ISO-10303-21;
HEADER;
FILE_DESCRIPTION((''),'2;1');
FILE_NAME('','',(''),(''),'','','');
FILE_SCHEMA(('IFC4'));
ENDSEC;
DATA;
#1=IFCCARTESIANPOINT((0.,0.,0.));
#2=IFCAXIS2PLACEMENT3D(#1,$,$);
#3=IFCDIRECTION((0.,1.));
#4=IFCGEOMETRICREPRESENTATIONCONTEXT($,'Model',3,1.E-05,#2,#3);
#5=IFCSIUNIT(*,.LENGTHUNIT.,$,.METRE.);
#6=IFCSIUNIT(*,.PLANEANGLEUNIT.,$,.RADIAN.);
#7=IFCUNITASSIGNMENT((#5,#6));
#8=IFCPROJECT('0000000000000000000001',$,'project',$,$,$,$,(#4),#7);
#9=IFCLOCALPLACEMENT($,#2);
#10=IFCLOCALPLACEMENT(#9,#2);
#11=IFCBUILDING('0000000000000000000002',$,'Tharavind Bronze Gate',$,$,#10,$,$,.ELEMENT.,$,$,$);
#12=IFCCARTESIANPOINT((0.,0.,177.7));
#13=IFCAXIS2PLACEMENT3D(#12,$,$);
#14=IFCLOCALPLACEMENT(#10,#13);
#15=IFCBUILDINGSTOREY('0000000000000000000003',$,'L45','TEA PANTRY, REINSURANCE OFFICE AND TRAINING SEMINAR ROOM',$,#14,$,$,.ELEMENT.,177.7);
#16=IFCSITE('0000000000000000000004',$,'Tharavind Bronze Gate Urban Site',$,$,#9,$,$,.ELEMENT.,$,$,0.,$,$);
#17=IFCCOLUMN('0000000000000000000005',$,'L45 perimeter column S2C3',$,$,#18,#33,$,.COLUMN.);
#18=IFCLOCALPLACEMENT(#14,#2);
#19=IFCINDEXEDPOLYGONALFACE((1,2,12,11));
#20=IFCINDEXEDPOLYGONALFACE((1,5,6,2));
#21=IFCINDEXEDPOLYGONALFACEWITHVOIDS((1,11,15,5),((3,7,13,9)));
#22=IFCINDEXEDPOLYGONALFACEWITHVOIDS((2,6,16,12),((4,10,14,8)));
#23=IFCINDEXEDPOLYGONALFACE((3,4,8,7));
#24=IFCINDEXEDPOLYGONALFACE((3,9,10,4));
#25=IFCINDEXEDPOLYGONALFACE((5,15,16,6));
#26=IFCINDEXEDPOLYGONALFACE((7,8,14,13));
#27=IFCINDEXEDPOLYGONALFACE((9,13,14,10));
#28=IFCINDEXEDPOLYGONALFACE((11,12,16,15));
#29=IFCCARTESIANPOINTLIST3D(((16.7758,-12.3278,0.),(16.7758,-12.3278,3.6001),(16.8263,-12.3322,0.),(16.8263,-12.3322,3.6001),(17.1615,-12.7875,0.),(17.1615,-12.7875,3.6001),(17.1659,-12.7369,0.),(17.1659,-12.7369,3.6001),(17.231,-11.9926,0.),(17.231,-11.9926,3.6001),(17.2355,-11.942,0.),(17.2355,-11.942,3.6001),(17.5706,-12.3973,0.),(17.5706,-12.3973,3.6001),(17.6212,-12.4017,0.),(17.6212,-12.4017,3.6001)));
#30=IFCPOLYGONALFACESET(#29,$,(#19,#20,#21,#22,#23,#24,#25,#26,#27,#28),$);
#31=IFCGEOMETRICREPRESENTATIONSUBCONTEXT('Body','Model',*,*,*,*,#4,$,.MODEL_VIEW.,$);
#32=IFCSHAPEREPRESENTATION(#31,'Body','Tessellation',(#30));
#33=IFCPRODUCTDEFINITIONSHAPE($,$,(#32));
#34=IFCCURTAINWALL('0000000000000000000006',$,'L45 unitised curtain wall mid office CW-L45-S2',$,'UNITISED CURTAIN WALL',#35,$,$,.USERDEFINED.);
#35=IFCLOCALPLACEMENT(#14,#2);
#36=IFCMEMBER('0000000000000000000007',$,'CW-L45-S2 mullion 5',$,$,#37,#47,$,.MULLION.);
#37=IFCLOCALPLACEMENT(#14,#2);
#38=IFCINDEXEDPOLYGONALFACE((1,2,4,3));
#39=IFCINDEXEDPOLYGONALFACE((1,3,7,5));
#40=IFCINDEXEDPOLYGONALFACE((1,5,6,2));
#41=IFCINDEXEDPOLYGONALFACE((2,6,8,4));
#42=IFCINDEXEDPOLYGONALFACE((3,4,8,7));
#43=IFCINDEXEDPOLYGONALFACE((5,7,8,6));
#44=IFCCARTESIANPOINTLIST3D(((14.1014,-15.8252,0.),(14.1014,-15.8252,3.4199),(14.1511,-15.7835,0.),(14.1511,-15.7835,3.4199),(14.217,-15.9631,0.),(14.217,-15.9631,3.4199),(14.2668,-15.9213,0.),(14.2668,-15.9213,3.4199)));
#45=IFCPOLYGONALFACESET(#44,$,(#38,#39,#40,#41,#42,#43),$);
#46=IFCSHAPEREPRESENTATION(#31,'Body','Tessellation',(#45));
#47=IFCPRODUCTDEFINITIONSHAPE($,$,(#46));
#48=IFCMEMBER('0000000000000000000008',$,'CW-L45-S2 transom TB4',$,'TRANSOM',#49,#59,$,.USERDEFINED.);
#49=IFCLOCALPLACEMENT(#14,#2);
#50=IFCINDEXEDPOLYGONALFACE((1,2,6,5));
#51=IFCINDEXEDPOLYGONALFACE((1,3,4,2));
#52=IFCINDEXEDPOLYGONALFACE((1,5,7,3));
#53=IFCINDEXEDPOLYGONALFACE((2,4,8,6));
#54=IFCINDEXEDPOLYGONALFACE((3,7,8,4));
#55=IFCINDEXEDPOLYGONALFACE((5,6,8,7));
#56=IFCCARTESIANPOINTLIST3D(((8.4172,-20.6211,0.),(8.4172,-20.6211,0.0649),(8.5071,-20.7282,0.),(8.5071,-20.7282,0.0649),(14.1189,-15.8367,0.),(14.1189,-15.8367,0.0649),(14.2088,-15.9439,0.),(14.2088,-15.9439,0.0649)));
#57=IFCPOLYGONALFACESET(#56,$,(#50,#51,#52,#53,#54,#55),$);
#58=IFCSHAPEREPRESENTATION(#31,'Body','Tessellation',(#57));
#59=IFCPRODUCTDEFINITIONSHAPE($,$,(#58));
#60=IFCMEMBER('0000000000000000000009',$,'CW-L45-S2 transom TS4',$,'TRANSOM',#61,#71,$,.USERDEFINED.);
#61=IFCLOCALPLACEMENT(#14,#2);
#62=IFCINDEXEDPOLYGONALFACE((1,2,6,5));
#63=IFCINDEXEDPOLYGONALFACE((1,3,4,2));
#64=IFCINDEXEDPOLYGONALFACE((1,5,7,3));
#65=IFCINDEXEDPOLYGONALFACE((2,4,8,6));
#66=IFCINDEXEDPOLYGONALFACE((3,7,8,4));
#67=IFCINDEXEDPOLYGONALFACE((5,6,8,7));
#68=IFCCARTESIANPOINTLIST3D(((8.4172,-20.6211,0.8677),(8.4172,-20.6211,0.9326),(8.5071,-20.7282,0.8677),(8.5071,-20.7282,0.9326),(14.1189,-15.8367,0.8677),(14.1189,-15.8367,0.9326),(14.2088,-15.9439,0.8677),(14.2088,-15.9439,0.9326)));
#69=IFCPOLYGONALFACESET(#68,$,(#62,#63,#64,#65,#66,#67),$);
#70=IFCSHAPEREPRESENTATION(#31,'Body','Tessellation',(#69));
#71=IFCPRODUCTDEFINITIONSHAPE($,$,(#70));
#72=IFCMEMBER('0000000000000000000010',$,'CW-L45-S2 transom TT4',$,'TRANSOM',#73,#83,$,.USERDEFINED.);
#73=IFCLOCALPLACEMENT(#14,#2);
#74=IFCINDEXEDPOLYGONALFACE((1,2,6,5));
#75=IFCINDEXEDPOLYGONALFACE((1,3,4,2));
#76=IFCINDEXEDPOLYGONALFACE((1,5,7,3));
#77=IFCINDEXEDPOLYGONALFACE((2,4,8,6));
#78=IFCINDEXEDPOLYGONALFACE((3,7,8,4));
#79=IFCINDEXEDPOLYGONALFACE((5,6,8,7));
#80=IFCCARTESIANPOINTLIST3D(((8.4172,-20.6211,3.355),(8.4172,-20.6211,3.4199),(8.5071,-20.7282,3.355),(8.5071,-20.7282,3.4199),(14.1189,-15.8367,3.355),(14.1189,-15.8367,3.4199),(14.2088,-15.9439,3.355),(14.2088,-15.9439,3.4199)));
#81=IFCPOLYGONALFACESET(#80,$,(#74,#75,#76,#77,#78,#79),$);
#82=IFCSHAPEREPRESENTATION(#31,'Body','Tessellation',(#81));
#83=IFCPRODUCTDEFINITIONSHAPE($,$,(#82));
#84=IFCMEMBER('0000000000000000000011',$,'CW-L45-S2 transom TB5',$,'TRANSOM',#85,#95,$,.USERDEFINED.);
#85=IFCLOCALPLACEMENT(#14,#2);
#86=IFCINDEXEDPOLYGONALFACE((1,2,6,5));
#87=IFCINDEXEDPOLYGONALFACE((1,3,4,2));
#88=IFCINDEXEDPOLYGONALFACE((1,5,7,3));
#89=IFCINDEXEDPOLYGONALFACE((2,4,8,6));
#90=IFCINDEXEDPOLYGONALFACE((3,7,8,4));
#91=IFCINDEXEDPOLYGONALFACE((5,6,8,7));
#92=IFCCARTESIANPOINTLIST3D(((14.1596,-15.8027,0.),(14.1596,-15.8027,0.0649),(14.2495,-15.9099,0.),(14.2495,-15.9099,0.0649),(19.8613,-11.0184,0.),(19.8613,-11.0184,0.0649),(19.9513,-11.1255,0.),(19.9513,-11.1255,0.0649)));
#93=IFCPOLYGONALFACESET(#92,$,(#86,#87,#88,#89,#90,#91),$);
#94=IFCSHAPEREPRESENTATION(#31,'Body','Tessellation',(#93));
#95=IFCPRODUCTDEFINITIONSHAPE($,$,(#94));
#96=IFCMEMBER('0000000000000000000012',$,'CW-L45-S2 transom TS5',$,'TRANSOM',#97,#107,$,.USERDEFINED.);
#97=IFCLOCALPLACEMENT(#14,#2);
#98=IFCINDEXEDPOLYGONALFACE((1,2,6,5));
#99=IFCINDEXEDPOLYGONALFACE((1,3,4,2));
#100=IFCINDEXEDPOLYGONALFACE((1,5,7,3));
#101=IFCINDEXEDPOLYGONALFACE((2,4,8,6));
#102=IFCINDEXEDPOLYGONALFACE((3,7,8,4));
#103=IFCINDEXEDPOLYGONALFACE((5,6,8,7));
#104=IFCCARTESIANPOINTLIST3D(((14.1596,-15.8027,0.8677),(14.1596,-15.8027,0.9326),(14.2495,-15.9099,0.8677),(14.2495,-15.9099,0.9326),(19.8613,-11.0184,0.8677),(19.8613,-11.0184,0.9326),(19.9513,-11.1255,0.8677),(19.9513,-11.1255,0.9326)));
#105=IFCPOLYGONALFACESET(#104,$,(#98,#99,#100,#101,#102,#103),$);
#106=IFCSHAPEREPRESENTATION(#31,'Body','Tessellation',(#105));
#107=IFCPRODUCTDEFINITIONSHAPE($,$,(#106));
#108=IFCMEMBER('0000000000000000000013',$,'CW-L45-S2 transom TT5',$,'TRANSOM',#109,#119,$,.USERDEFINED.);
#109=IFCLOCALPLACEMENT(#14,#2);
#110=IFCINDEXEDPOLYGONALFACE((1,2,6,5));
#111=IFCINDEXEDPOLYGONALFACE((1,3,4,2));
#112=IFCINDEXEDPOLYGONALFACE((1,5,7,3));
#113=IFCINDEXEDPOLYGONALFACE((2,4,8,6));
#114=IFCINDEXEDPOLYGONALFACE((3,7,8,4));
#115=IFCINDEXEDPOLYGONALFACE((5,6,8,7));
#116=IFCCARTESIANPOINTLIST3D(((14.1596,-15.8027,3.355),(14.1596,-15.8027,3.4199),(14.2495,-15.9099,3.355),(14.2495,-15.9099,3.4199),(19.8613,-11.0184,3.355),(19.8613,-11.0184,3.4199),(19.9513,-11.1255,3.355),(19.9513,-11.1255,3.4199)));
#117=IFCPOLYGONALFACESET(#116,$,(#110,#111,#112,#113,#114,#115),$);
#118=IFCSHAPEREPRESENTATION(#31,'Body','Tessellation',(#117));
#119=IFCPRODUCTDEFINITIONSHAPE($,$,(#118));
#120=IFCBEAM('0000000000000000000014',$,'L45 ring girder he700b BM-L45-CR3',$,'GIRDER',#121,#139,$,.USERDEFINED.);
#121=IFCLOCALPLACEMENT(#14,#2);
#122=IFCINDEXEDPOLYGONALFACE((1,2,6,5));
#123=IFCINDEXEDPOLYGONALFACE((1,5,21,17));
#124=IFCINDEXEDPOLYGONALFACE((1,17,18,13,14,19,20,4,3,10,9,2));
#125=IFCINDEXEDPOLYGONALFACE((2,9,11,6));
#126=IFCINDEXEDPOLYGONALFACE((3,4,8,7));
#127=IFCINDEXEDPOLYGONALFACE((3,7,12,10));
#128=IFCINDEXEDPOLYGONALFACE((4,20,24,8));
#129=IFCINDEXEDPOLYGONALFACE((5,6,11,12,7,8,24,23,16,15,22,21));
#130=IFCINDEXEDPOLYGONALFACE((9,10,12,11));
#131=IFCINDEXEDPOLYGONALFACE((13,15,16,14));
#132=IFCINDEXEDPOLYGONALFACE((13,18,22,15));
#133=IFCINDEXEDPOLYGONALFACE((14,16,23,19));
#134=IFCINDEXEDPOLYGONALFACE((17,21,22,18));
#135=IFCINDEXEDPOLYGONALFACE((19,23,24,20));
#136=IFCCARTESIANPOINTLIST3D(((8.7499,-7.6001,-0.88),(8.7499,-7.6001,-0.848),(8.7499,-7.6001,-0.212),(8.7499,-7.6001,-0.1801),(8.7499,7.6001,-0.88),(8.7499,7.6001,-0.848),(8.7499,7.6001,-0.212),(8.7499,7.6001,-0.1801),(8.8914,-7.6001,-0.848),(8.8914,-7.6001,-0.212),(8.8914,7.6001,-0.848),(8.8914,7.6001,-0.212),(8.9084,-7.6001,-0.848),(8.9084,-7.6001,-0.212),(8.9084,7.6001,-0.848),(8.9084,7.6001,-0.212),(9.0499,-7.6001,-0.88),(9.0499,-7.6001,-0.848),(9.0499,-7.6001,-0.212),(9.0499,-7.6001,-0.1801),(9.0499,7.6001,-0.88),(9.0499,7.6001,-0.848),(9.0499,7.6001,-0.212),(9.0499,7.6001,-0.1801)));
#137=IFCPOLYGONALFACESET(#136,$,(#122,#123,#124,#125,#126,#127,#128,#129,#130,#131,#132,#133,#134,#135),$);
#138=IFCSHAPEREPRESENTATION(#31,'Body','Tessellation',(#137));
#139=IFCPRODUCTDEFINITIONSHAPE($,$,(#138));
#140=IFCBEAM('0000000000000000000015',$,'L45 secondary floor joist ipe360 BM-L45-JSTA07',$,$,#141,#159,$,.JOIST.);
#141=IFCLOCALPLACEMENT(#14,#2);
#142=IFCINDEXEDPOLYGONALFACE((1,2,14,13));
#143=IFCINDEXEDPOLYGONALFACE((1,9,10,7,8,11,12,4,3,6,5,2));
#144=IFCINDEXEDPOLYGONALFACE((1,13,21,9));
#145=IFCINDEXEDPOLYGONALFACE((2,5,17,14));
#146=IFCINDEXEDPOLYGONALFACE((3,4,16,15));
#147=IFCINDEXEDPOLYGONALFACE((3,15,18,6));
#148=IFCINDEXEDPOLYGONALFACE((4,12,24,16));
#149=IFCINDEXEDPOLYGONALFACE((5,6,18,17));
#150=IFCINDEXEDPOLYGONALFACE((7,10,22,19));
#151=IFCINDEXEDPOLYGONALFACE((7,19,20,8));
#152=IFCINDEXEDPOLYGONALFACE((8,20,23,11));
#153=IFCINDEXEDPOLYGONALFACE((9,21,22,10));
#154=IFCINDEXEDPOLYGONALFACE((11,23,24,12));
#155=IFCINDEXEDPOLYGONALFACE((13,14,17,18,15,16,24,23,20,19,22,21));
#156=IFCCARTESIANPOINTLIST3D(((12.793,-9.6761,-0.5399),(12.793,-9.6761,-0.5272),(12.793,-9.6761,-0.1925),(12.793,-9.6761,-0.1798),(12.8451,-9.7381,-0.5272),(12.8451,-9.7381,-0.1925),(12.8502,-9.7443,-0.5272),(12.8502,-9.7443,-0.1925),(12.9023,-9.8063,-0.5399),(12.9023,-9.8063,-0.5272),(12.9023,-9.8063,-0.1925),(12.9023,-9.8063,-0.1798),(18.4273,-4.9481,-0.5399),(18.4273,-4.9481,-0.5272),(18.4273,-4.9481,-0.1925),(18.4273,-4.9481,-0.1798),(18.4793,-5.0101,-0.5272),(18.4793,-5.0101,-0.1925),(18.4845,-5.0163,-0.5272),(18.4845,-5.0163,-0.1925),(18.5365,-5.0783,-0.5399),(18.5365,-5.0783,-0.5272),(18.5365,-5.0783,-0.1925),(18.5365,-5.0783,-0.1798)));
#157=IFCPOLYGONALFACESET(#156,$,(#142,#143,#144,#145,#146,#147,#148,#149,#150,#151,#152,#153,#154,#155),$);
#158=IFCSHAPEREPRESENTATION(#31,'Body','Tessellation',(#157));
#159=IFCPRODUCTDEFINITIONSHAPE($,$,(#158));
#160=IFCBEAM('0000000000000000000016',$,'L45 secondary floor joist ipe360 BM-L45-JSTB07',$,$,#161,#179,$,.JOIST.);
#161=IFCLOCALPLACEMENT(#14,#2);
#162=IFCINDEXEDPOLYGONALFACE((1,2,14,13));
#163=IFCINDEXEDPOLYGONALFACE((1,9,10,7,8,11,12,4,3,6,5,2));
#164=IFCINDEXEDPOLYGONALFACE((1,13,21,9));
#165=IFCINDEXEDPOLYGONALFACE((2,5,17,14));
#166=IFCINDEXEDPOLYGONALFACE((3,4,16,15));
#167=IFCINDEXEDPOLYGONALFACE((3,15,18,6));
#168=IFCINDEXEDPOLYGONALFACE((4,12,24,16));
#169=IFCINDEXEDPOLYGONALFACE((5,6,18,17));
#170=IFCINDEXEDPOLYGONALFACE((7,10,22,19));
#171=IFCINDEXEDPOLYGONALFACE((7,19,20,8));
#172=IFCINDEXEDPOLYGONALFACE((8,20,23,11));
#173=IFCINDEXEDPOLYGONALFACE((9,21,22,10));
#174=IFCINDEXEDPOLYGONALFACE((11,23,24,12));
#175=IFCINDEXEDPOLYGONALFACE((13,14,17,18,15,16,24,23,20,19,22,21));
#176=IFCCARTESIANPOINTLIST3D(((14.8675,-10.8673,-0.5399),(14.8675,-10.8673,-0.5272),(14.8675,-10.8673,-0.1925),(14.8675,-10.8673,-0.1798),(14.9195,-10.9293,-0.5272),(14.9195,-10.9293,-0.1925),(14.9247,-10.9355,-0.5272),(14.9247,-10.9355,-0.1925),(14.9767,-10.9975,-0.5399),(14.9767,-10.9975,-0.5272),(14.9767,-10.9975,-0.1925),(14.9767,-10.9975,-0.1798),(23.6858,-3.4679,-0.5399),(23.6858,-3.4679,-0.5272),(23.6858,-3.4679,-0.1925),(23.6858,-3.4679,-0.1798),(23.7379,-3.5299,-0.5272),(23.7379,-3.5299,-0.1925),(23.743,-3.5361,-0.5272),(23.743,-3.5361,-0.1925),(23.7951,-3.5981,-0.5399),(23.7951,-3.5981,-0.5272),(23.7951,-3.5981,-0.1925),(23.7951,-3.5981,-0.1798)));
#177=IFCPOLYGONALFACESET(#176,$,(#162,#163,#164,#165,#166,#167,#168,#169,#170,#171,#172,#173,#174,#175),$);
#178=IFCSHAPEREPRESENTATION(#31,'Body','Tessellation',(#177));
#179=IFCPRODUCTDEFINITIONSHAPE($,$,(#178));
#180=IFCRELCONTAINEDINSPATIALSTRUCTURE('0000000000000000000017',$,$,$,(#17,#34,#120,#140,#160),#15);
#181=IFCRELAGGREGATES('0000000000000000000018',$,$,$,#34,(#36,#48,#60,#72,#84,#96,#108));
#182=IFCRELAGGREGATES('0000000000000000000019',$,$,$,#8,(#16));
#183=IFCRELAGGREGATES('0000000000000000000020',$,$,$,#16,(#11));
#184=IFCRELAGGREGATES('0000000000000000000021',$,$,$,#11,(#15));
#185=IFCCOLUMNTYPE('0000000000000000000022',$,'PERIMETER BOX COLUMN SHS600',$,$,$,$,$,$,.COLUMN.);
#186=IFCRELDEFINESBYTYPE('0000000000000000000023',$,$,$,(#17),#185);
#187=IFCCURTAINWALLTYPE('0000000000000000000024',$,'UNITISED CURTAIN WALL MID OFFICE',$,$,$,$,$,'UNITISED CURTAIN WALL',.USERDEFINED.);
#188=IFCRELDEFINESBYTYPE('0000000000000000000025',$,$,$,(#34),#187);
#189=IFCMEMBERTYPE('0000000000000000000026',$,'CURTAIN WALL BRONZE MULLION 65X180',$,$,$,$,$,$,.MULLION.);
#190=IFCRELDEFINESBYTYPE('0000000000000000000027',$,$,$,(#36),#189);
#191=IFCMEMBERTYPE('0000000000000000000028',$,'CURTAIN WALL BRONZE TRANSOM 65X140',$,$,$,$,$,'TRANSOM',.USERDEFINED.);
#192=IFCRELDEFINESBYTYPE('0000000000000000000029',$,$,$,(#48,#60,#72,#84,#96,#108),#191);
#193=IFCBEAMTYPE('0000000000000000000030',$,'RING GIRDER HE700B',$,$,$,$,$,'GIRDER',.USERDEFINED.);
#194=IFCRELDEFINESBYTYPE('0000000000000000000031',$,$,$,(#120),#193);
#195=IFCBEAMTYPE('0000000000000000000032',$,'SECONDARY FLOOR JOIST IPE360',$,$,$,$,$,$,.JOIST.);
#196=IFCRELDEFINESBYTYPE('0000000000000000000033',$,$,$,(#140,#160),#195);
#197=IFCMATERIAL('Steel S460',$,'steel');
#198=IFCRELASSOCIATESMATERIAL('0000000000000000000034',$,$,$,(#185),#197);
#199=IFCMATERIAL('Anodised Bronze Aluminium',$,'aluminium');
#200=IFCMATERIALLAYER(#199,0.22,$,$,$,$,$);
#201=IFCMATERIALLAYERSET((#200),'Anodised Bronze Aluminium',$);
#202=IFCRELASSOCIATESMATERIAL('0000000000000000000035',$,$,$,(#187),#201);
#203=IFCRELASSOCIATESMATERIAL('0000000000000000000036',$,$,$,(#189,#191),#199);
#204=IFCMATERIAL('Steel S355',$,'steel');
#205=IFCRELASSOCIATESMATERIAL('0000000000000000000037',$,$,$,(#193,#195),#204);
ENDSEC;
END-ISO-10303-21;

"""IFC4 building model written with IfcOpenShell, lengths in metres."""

from ifc_helpers import new_model, si_unit, direction, frame, origin, origin_2d, place, context, subcontext, project, spatial, rectangle, hollow_rectangle, i_section, extrude, material, layer, layer_set, material_profile, profile_set, type_object, element, aggregate, save


model = new_model("IFC4")

# Units and contexts
model_context = context("Model", 3, precision=1e-05, world=origin(), true_north=direction((0.0, 1.0)))
body_context = subcontext(model_context, "Body", "Model", "MODEL_VIEW")
ifc_project = project(units=[si_unit("LENGTHUNIT", "METRE"), si_unit("PLANEANGLEUNIT", "RADIAN")], contexts=[model_context])

# Site, building, storey
site_placement = place(None, origin())
site = spatial("IfcSite", under=ifc_project, at=site_placement, Name="Tharavind Bronze Gate Urban Site", CompositionType="ELEMENT", RefElevation=0.0)
building_placement = place(site_placement, origin())
building = spatial("IfcBuilding", under=site, at=building_placement, Name="Tharavind Bronze Gate", CompositionType="ELEMENT")
storey_placement = place(building_placement, frame((0.0, 0.0, 177.7)))
storey = spatial("IfcBuildingStorey", under=building, at=storey_placement, Name="L45", Description="TEA PANTRY, REINSURANCE OFFICE AND TRAINING SEMINAR ROOM", CompositionType="ELEMENT", Elevation=177.7)

# Column
ifc_material_1 = material(Name="Steel S460", Category="steel")
ifc_material_profile_1 = material_profile(ifc_material_1, hollow_rectangle(XDim=0.6001, YDim=0.6001, WallThickness=0.0359, at=origin_2d()), Name="SHS600X36")
ifc_profile_set_1 = profile_set([ifc_material_profile_1], Name="Steel S460")
column_type = type_object("IfcColumnType", Name="PERIMETER BOX COLUMN SHS600", PredefinedType="COLUMN", material=ifc_profile_set_1)
column_placement = place(storey_placement, frame((17.1985, -12.3647, 0.0), z_axis=(0.0, 0.0, 1.0), x_axis=(0.766043, 0.642789, 0.0)))
element("IfcColumn", 1, at=column_placement, inside=storey, type_object=column_type, Name="L45 perimeter column S2C3", PredefinedType="COLUMN", context=body_context, shape_type="SweptSolid", body=[
    extrude(hollow_rectangle(XDim=0.6001, YDim=0.6001, WallThickness=0.0359, at=origin_2d()), origin(), (0.0, 0.0, 1.0), 3.6001),
])

# Curtain wall, members
ifc_material_2 = material(Name="Anodised Bronze Aluminium", Category="aluminium")
ifc_layer_1 = layer(ifc_material_2, 0.22)
ifc_layer_set_1 = layer_set([ifc_layer_1], Name="Anodised Bronze Aluminium")
curtain_wall_type = type_object("IfcCurtainWallType", Name="UNITISED CURTAIN WALL MID OFFICE", ElementType="UNITISED CURTAIN WALL", PredefinedType="USERDEFINED", material=ifc_layer_set_1)
curtain_wall_placement = place(storey_placement, origin())
curtain_wall = element("IfcCurtainWall", 2, at=curtain_wall_placement, inside=storey, type_object=curtain_wall_type, Name="L45 unitised curtain wall mid office CW-L45-S2", ObjectType="UNITISED CURTAIN WALL", PredefinedType="USERDEFINED")
member_type_1 = type_object("IfcMemberType", Name="CURTAIN WALL BRONZE MULLION 65X180", PredefinedType="MULLION", material=ifc_material_2)
member_1_placement = place(storey_placement, frame((14.1841, -15.8733, 0.0), z_axis=(0.0, 0.0, 1.0), x_axis=(0.766043, 0.642789, 0.0)))
member_1 = element("IfcMember", 3, at=member_1_placement, type_object=member_type_1, Name="CW-L45-S2 mullion 5", PredefinedType="MULLION", context=body_context, shape_type="SweptSolid", body=[
    extrude(rectangle(XDim=0.0649, YDim=0.1799, at=origin_2d()), origin(), (0.0, 0.0, 1.0), 3.4199),
])
member_type_2 = type_object("IfcMemberType", Name="CURTAIN WALL BRONZE TRANSOM 65X140", ElementType="TRANSOM", PredefinedType="USERDEFINED", material=ifc_material_2)
member_2_placement = place(storey_placement, frame((11.313, -18.2825, 0.0), z_axis=(0.0, 0.0, 1.0), x_axis=(0.766043, 0.642789, 0.0)))
member_2 = element("IfcMember", 4, at=member_2_placement, type_object=member_type_2, Name="CW-L45-S2 transom TB4", ObjectType="TRANSOM", PredefinedType="USERDEFINED", context=body_context, shape_type="SweptSolid", body=[
    extrude(rectangle(XDim=7.4431, YDim=0.1399, at=origin_2d()), origin(), (0.0, 0.0, 1.0), 0.0649),
])
member_3_placement = place(storey_placement, frame((11.313, -18.2825, 0.8677), z_axis=(0.0, 0.0, 1.0), x_axis=(0.766043, 0.642789, 0.0)))
member_3 = element("IfcMember", 5, at=member_3_placement, type_object=member_type_2, Name="CW-L45-S2 transom TS4", ObjectType="TRANSOM", PredefinedType="USERDEFINED", context=body_context, shape_type="SweptSolid", body=[
    extrude(rectangle(XDim=7.4431, YDim=0.1399, at=origin_2d()), origin(), (0.0, 0.0, 1.0), 0.0649),
])
member_4_placement = place(storey_placement, frame((11.313, -18.2825, 3.355), z_axis=(0.0, 0.0, 1.0), x_axis=(0.766043, 0.642789, 0.0)))
member_4 = element("IfcMember", 6, at=member_4_placement, type_object=member_type_2, Name="CW-L45-S2 transom TT4", ObjectType="TRANSOM", PredefinedType="USERDEFINED", context=body_context, shape_type="SweptSolid", body=[
    extrude(rectangle(XDim=7.4431, YDim=0.1399, at=origin_2d()), origin(), (0.0, 0.0, 1.0), 0.0649),
])
member_5_placement = place(storey_placement, frame((17.0554, -13.4641, 0.0), z_axis=(0.0, 0.0, 1.0), x_axis=(0.766043, 0.642789, 0.0)))
member_5 = element("IfcMember", 7, at=member_5_placement, type_object=member_type_2, Name="CW-L45-S2 transom TB5", ObjectType="TRANSOM", PredefinedType="USERDEFINED", context=body_context, shape_type="SweptSolid", body=[
    extrude(rectangle(XDim=7.4431, YDim=0.1399, at=origin_2d()), origin(), (0.0, 0.0, 1.0), 0.0649),
])
member_6_placement = place(storey_placement, frame((17.0554, -13.4641, 0.8677), z_axis=(0.0, 0.0, 1.0), x_axis=(0.766043, 0.642789, 0.0)))
member_6 = element("IfcMember", 8, at=member_6_placement, type_object=member_type_2, Name="CW-L45-S2 transom TS5", ObjectType="TRANSOM", PredefinedType="USERDEFINED", context=body_context, shape_type="SweptSolid", body=[
    extrude(rectangle(XDim=7.4431, YDim=0.1399, at=origin_2d()), origin(), (0.0, 0.0, 1.0), 0.0649),
])
member_7_placement = place(storey_placement, frame((17.0554, -13.4641, 3.355), z_axis=(0.0, 0.0, 1.0), x_axis=(0.766043, 0.642789, 0.0)))
member_7 = element("IfcMember", 9, at=member_7_placement, type_object=member_type_2, Name="CW-L45-S2 transom TT5", ObjectType="TRANSOM", PredefinedType="USERDEFINED", context=body_context, shape_type="SweptSolid", body=[
    extrude(rectangle(XDim=7.4431, YDim=0.1399, at=origin_2d()), origin(), (0.0, 0.0, 1.0), 0.0649),
])

# Beams
ifc_material_3 = material(Name="Steel S355", Category="steel")
ifc_material_profile_2 = material_profile(ifc_material_3, i_section(OverallWidth=0.3, OverallDepth=0.7, WebThickness=0.0171, FlangeThickness=0.032, at=origin_2d()), Name="HE700B")
ifc_profile_set_2 = profile_set([ifc_material_profile_2], Name="Steel S355")
beam_type_1 = type_object("IfcBeamType", Name="RING GIRDER HE700B", ElementType="GIRDER", PredefinedType="USERDEFINED", material=ifc_profile_set_2)
beam_1_placement = place(storey_placement, frame((8.8999, -7.6001, -0.53), z_axis=(0.0, 1.0, 0.0), x_axis=(-1.0, 0.0, 0.0)))
element("IfcBeam", 10, at=beam_1_placement, inside=storey, type_object=beam_type_1, Name="L45 ring girder he700b BM-L45-CR3", ObjectType="GIRDER", PredefinedType="USERDEFINED", context=body_context, shape_type="SweptSolid", body=[
    extrude(i_section(OverallWidth=0.3, OverallDepth=0.7, WebThickness=0.0171, FlangeThickness=0.032, at=origin_2d()), origin(), (0.0, 0.0, 1.0), 15.2002),
])
ifc_material_profile_3 = material_profile(ifc_material_3, i_section(OverallWidth=0.1699, OverallDepth=0.3601, WebThickness=0.0081, FlangeThickness=0.0127, at=origin_2d()), Name="IPE360")
ifc_profile_set_3 = profile_set([ifc_material_profile_3], Name="Steel S355")
beam_type_2 = type_object("IfcBeamType", Name="SECONDARY FLOOR JOIST IPE360", PredefinedType="JOIST", material=ifc_profile_set_3)
beam_2_placement = place(storey_placement, frame((12.8477, -9.7412, -0.3599), z_axis=(0.766024, 0.642812, 0.0), x_axis=(-0.642812, 0.766024, 0.0)))
element("IfcBeam", 11, at=beam_2_placement, inside=storey, type_object=beam_type_2, Name="L45 secondary floor joist ipe360 BM-L45-JSTA07", PredefinedType="JOIST", context=body_context, shape_type="SweptSolid", body=[
    extrude(i_section(OverallWidth=0.1699, OverallDepth=0.3601, WebThickness=0.0081, FlangeThickness=0.0127, at=origin_2d()), origin(), (0.0, 0.0, 1.0), 7.3552),
])
beam_3_placement = place(storey_placement, frame((14.9221, -10.9324, -0.3599), z_axis=(0.766047, 0.642784, 0.0), x_axis=(-0.642784, 0.766047, 0.0)))
element("IfcBeam", 12, at=beam_3_placement, inside=storey, type_object=beam_type_2, Name="L45 secondary floor joist ipe360 BM-L45-JSTB07", PredefinedType="JOIST", context=body_context, shape_type="SweptSolid", body=[
    extrude(i_section(OverallWidth=0.1699, OverallDepth=0.3601, WebThickness=0.0081, FlangeThickness=0.0127, at=origin_2d()), origin(), (0.0, 0.0, 1.0), 11.5115),
])

aggregate(curtain_wall, [member_1, member_2, member_3, member_4, member_5, member_6, member_7])

save(model, "model.ifc")
